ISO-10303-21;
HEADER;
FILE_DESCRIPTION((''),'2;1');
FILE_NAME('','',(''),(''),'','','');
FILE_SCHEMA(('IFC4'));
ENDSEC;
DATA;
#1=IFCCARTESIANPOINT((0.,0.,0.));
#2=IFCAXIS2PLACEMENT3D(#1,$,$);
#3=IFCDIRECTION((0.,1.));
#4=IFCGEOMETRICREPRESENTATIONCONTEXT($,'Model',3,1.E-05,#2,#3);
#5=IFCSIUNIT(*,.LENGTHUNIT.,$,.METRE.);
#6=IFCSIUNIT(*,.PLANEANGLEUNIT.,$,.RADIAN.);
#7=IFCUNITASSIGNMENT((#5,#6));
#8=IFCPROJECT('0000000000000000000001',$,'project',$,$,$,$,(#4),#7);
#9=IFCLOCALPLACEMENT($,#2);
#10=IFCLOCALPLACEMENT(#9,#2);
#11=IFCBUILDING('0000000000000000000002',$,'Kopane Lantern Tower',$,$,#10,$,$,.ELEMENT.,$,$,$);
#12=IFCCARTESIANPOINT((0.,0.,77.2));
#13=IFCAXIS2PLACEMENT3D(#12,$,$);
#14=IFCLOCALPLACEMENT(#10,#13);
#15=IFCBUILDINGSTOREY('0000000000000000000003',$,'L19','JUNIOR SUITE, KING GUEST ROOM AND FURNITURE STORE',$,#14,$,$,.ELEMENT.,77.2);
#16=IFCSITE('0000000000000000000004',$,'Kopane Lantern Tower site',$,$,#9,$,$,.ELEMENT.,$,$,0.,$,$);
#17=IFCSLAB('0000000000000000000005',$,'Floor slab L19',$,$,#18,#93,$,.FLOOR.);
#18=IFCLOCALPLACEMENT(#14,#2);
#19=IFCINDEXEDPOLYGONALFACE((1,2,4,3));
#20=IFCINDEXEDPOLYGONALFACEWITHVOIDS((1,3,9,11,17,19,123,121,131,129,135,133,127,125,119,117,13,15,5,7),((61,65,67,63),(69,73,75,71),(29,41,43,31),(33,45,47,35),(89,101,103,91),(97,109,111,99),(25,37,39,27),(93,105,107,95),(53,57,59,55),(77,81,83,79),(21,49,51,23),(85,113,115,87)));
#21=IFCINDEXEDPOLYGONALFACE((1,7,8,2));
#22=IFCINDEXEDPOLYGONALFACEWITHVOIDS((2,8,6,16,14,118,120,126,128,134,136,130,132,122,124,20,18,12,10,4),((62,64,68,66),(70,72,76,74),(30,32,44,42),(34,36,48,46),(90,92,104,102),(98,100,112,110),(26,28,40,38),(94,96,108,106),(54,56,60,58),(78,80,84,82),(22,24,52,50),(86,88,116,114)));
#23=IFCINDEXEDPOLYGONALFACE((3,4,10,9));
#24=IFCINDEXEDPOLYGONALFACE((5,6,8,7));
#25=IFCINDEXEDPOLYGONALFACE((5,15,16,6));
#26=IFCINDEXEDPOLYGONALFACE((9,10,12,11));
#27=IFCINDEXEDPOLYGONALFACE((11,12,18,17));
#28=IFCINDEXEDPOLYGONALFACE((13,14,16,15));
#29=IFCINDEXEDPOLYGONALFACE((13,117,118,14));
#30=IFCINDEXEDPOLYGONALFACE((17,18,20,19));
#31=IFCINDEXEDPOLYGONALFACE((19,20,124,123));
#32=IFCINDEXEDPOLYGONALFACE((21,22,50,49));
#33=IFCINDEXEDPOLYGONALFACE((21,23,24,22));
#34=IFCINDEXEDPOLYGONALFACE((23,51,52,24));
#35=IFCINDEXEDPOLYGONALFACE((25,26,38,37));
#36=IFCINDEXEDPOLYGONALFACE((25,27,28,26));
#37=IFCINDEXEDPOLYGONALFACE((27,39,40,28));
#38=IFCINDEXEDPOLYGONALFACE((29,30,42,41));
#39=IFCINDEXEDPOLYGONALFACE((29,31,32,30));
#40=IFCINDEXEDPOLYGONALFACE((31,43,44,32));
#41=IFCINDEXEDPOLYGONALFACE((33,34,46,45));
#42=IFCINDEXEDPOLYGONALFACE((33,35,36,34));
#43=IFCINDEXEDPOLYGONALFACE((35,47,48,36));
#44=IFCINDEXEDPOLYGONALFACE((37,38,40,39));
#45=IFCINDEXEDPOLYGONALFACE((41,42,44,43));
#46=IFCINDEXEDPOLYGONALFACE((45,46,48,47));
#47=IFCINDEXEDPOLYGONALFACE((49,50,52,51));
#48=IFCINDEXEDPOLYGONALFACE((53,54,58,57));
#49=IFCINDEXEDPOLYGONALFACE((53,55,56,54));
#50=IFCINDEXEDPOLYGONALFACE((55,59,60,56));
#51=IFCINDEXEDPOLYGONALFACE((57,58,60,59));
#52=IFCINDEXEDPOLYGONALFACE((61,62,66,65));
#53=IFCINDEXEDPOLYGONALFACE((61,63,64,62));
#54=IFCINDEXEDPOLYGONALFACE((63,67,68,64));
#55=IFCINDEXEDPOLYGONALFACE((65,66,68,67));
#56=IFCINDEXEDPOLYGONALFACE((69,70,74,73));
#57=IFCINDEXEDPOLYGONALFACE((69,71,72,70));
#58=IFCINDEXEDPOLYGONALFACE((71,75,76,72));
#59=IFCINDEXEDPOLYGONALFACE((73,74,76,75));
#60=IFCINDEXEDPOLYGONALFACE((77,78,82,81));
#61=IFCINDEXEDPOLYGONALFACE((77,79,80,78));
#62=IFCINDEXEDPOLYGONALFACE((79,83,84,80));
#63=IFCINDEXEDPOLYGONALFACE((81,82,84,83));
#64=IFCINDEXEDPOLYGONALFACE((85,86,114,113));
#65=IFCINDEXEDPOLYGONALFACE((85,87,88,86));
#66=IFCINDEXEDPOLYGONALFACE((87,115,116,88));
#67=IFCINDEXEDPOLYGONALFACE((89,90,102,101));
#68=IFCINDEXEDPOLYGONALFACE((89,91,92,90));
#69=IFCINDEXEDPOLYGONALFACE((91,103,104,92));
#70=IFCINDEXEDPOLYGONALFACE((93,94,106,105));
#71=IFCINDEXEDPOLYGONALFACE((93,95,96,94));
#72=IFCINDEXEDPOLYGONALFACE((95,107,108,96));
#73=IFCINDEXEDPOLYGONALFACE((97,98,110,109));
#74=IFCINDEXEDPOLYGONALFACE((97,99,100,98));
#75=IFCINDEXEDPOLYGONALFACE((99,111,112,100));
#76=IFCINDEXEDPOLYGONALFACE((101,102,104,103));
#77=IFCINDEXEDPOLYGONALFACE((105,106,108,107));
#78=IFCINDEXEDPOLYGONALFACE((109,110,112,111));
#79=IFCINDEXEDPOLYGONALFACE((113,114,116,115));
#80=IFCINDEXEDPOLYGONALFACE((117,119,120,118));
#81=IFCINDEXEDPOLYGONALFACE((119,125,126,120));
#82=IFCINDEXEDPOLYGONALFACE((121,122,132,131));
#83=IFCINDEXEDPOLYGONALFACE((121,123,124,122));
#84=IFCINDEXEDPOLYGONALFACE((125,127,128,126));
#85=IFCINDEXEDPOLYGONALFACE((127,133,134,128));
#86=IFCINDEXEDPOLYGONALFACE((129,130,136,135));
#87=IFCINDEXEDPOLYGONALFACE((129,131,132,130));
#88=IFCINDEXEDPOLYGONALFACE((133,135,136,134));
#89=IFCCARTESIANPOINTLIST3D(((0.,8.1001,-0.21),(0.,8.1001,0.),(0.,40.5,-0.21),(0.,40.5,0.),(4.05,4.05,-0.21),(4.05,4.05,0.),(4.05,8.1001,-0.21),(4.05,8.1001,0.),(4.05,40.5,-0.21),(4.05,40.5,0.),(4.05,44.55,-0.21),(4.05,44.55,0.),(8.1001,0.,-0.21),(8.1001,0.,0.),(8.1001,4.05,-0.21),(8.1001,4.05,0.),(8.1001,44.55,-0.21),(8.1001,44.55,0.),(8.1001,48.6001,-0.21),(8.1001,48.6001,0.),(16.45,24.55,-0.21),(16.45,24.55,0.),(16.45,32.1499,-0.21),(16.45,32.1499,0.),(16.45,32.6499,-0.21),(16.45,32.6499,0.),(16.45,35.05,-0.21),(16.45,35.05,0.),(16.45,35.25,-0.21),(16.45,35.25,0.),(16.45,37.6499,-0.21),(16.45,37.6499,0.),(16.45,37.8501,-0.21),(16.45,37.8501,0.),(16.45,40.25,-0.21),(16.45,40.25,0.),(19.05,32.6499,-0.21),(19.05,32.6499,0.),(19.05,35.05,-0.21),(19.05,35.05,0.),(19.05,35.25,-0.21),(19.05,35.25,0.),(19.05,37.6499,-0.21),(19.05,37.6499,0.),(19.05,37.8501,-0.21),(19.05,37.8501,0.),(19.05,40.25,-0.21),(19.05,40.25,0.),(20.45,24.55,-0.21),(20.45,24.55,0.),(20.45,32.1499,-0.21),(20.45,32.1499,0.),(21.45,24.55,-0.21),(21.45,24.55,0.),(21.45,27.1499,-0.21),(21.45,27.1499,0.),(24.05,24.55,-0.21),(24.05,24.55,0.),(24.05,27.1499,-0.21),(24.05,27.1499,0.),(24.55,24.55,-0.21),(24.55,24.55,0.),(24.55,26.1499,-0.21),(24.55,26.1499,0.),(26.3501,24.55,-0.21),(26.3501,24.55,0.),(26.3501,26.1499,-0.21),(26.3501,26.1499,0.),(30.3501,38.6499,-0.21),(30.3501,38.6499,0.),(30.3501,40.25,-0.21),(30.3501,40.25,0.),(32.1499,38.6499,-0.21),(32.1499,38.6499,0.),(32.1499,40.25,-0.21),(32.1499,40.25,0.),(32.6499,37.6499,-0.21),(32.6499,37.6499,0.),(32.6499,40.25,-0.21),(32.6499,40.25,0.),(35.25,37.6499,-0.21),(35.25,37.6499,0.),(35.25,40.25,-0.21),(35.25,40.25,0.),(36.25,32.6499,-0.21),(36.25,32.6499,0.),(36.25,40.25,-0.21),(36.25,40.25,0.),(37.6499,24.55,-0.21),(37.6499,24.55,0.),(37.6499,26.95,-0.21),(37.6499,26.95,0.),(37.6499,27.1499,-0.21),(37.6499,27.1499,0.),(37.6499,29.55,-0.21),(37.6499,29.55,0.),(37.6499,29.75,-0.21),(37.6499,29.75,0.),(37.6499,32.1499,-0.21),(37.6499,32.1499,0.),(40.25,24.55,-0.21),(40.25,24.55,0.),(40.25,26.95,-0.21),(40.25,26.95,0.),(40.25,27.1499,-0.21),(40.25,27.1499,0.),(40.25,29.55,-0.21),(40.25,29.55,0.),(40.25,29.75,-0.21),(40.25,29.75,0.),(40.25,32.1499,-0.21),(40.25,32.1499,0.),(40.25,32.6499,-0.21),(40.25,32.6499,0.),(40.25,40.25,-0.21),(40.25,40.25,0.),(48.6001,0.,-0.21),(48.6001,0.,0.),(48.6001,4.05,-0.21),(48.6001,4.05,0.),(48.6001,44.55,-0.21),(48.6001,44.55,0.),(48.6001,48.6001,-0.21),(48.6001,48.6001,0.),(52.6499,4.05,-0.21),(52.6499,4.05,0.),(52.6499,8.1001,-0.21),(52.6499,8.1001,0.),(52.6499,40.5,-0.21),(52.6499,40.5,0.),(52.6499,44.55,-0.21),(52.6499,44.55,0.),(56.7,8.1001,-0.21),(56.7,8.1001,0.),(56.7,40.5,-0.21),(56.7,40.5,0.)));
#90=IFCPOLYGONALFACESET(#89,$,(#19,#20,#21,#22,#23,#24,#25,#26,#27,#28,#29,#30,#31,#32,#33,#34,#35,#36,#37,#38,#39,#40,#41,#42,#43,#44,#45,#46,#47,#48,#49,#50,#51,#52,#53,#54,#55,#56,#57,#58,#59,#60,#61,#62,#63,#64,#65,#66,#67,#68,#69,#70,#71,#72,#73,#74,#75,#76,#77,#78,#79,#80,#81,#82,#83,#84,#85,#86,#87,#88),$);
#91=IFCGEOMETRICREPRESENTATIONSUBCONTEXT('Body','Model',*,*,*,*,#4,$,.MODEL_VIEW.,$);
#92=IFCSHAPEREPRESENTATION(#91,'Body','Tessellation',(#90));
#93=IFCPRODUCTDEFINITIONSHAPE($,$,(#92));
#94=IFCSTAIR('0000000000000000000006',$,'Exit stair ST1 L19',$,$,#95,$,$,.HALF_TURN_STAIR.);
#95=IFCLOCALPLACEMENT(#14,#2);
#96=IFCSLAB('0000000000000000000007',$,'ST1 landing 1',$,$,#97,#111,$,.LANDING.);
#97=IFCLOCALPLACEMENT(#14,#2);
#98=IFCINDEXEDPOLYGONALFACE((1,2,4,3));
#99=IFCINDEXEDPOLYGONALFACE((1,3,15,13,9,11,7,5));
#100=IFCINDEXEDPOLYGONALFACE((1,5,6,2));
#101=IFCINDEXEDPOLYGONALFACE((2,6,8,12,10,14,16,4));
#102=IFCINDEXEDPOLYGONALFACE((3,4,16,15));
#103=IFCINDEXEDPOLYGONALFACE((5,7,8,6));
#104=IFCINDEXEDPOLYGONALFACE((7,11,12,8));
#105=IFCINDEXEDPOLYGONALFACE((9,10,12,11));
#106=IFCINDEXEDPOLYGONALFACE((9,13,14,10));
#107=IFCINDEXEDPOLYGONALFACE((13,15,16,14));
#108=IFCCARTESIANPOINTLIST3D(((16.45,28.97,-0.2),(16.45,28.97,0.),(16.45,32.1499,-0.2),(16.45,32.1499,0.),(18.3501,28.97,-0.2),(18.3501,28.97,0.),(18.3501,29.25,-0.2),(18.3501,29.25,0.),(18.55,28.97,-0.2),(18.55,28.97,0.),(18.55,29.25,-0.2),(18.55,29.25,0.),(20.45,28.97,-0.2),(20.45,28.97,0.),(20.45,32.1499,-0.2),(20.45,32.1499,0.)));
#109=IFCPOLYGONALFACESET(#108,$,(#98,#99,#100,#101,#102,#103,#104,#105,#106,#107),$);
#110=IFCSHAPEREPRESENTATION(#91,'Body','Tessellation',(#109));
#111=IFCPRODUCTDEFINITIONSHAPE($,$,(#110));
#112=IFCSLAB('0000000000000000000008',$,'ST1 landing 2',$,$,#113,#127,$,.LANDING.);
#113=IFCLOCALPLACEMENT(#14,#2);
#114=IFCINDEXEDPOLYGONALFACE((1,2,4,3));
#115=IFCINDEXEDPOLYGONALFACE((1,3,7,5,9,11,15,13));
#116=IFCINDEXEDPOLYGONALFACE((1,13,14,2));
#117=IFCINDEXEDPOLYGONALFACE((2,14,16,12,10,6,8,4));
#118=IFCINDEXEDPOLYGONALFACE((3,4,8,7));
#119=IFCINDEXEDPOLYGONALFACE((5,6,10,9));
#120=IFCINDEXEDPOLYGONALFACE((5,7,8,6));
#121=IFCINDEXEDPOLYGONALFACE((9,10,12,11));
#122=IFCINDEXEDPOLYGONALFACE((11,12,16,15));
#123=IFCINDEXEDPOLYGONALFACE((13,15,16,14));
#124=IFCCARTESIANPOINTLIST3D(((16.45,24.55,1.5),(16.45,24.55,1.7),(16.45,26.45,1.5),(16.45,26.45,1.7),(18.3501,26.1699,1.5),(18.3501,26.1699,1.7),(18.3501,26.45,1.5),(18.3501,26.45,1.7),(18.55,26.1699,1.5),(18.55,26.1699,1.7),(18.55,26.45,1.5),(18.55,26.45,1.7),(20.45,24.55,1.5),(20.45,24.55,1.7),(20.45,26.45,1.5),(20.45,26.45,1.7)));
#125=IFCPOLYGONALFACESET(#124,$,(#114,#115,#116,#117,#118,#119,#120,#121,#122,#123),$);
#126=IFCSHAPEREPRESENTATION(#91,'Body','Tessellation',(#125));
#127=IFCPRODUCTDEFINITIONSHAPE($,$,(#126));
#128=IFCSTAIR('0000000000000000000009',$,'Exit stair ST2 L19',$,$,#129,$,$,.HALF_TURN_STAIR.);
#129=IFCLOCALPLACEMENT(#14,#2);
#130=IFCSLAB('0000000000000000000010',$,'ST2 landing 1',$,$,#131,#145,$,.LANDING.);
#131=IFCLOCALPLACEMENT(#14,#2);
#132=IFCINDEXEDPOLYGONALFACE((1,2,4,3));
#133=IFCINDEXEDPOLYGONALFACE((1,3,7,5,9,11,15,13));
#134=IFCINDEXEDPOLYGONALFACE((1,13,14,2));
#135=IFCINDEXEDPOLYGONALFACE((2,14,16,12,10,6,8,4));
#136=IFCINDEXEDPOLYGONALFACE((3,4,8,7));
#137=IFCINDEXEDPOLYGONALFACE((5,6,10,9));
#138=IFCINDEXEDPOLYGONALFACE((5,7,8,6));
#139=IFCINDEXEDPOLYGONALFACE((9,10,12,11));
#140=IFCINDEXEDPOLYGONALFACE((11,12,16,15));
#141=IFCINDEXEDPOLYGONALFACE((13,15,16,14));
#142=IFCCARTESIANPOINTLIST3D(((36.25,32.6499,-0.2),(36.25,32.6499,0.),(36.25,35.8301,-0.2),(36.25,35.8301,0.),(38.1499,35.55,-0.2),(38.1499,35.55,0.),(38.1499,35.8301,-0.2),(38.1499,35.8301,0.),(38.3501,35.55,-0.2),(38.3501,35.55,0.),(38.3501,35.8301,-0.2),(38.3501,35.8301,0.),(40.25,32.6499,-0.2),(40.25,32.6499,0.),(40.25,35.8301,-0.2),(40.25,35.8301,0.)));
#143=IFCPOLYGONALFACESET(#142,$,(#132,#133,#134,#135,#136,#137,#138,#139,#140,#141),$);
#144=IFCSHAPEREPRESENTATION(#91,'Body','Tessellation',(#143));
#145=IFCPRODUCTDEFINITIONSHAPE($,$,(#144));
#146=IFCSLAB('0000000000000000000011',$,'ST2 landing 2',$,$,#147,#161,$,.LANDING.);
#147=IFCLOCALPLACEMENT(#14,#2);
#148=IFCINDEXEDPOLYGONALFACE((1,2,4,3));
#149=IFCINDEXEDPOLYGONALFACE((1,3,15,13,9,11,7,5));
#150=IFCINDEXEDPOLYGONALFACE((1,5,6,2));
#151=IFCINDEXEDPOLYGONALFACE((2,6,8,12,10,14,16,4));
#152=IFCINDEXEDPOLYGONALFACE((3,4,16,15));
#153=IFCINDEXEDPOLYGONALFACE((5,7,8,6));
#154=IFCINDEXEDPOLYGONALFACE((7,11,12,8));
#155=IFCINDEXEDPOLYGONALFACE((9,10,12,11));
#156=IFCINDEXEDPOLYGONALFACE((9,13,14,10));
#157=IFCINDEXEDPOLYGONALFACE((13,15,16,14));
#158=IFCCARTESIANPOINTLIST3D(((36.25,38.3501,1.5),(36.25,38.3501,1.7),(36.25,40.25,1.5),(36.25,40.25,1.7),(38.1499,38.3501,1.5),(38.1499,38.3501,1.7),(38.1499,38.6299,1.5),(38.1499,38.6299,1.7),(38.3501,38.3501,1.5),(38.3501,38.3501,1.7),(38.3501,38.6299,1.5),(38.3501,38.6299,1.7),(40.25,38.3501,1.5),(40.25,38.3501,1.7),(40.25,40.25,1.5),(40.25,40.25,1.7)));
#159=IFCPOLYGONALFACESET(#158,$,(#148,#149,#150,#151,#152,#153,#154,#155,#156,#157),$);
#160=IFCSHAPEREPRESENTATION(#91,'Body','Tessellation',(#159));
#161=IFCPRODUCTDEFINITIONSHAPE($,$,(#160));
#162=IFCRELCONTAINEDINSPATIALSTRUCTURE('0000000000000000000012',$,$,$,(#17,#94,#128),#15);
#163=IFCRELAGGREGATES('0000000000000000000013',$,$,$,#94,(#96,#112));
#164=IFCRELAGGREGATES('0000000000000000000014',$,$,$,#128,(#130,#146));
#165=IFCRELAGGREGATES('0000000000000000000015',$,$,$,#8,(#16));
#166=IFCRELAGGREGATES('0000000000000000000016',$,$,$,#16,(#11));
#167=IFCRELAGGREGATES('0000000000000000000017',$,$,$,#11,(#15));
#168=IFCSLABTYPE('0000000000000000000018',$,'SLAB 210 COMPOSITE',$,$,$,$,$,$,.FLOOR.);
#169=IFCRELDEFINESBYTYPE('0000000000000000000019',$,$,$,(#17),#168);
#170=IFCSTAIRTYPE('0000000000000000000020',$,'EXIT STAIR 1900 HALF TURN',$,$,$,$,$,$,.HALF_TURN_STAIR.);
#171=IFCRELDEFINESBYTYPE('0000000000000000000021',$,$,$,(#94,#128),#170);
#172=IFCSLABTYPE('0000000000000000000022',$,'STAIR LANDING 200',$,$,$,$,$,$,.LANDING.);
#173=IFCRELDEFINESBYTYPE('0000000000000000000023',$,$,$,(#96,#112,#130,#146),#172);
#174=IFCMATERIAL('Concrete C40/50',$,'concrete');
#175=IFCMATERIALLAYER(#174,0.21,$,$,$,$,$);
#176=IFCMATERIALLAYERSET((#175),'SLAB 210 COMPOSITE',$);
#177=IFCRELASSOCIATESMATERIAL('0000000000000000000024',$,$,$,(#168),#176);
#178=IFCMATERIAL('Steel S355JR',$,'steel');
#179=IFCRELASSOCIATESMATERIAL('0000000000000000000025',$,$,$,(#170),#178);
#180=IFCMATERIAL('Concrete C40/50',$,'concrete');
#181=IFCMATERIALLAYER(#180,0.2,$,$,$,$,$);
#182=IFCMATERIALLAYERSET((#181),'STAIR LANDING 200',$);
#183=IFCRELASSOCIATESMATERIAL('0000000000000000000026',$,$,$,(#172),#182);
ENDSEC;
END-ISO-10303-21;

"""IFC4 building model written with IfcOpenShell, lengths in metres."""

from ifc_helpers import new_model, si_unit, direction, frame, origin, place, context, subcontext, project, spatial, polyline, outline, extrude, material, layer, layer_set, type_object, element, aggregate, save


model = new_model("IFC4")

# Units and contexts
model_context = context("Model", 3, precision=1e-05, world=origin(), true_north=direction((0.0, 1.0)))
body_context = subcontext(model_context, "Body", "Model", "MODEL_VIEW")
ifc_project = project(units=[si_unit("LENGTHUNIT", "METRE"), si_unit("PLANEANGLEUNIT", "RADIAN")], contexts=[model_context])

# Site, building, storey
site_placement = place(None, origin())
site = spatial("IfcSite", under=ifc_project, at=site_placement, Name="Kopane Lantern Tower site", CompositionType="ELEMENT", RefElevation=0.0)
building_placement = place(site_placement, origin())
building = spatial("IfcBuilding", under=site, at=building_placement, Name="Kopane Lantern Tower", CompositionType="ELEMENT")
storey_placement = place(building_placement, frame((0.0, 0.0, 77.2)))
storey = spatial("IfcBuildingStorey", under=building, at=storey_placement, Name="L19", Description="JUNIOR SUITE, KING GUEST ROOM AND FURNITURE STORE", CompositionType="ELEMENT", Elevation=77.2)

# Slab
ifc_material_1 = material(Name="Concrete C40/50", Category="concrete")
ifc_layer_1 = layer(ifc_material_1, 0.21)
ifc_layer_set_1 = layer_set([ifc_layer_1], Name="SLAB 210 COMPOSITE")
slab_type_1 = type_object("IfcSlabType", Name="SLAB 210 COMPOSITE", PredefinedType="FLOOR", material=ifc_layer_set_1)
slab_1_placement = place(storey_placement, frame((0.0, 0.0, -0.21)))
element("IfcSlab", 1, at=slab_1_placement, inside=storey, type_object=slab_type_1, Name="Floor slab L19", PredefinedType="FLOOR", context=body_context, shape_type="SweptSolid", body=[
    extrude(outline(polyline([(8.1001, 0.0), (48.6001, 0.0), (48.6001, 4.05), (52.6499, 4.05), (52.6499, 8.1001), (56.7, 8.1001), (56.7, 40.5), (52.6499, 40.5), (52.6499, 44.55), (48.6001, 44.55), (48.6001, 48.6001), (8.1001, 48.6001), (8.1001, 44.55), (4.05, 44.55), (4.05, 40.5), (0.0, 40.5), (0.0, 8.1001), (4.05, 8.1001), (4.05, 4.05), (8.1001, 4.05), (8.1001, 0.0)]), holes=[polyline([(16.45, 24.55), (20.45, 24.55), (20.45, 32.1499), (16.45, 32.1499), (16.45, 24.55)]), polyline([(36.25, 32.6499), (40.25, 32.6499), (40.25, 40.25), (36.25, 40.25), (36.25, 32.6499)]), polyline([(16.45, 32.6499), (19.05, 32.6499), (19.05, 35.05), (16.45, 35.05), (16.45, 32.6499)]), polyline([(16.45, 35.25), (19.05, 35.25), (19.05, 37.6499), (16.45, 37.6499), (16.45, 35.25)]), polyline([(16.45, 37.8501), (19.05, 37.8501), (19.05, 40.25), (16.45, 40.25), (16.45, 37.8501)]), polyline([(37.6499, 24.55), (40.25, 24.55), (40.25, 26.95), (37.6499, 26.95), (37.6499, 24.55)]), polyline([(37.6499, 27.1499), (40.25, 27.1499), (40.25, 29.55), (37.6499, 29.55), (37.6499, 27.1499)]), polyline([(37.6499, 29.75), (40.25, 29.75), (40.25, 32.1499), (37.6499, 32.1499), (37.6499, 29.75)]), polyline([(21.45, 24.55), (24.05, 24.55), (24.05, 27.1499), (21.45, 27.1499), (21.45, 24.55)]), polyline([(32.6499, 37.6499), (35.25, 37.6499), (35.25, 40.25), (32.6499, 40.25), (32.6499, 37.6499)]), polyline([(24.55, 24.55), (26.3501, 24.55), (26.3501, 26.1499), (24.55, 26.1499), (24.55, 24.55)]), polyline([(30.3501, 38.6499), (32.1499, 38.6499), (32.1499, 40.25), (30.3501, 40.25), (30.3501, 38.6499)])]), origin(), (0.0, 0.0, 1.0), 0.21),
])

# Stairs, slabs
ifc_material_2 = material(Name="Steel S355JR", Category="steel")
stair_type = type_object("IfcStairType", Name="EXIT STAIR 1900 HALF TURN", PredefinedType="HALF_TURN_STAIR", material=ifc_material_2)
stair_1_placement = place(storey_placement, origin())
stair_1 = element("IfcStair", 2, at=stair_1_placement, inside=storey, type_object=stair_type, Name="Exit stair ST1 L19", PredefinedType="HALF_TURN_STAIR")
ifc_material_3 = material(Name="Concrete C40/50", Category="concrete")
ifc_layer_2 = layer(ifc_material_3, 0.2)
ifc_layer_set_2 = layer_set([ifc_layer_2], Name="STAIR LANDING 200")
slab_type_2 = type_object("IfcSlabType", Name="STAIR LANDING 200", PredefinedType="LANDING", material=ifc_layer_set_2)
slab_2_placement = place(storey_placement, frame((0.0, 0.0, -0.2)))
slab_2 = element("IfcSlab", 3, at=slab_2_placement, type_object=slab_type_2, Name="ST1 landing 1", PredefinedType="LANDING", context=body_context, shape_type="SweptSolid", body=[
    extrude(outline(polyline([(18.3501, 29.25), (18.55, 29.25), (18.55, 28.97), (20.45, 28.97), (20.45, 32.1499), (16.45, 32.1499), (16.45, 28.97), (18.3501, 28.97), (18.3501, 29.25)])), origin(), (0.0, 0.0, 1.0), 0.2),
])
slab_3_placement = place(storey_placement, frame((0.0, 0.0, 1.5)))
slab_3 = element("IfcSlab", 4, at=slab_3_placement, type_object=slab_type_2, Name="ST1 landing 2", PredefinedType="LANDING", context=body_context, shape_type="SweptSolid", body=[
    extrude(outline(polyline([(20.45, 26.45), (18.55, 26.45), (18.55, 26.1699), (18.3501, 26.1699), (18.3501, 26.45), (16.45, 26.45), (16.45, 24.55), (20.45, 24.55), (20.45, 26.45)])), origin(), (0.0, 0.0, 1.0), 0.2),
])
aggregate(stair_1, [slab_2, slab_3])
stair_2_placement = place(storey_placement, origin())
stair_2 = element("IfcStair", 5, at=stair_2_placement, inside=storey, type_object=stair_type, Name="Exit stair ST2 L19", PredefinedType="HALF_TURN_STAIR")
slab_4_placement = place(storey_placement, frame((0.0, 0.0, -0.2)))
slab_4 = element("IfcSlab", 6, at=slab_4_placement, type_object=slab_type_2, Name="ST2 landing 1", PredefinedType="LANDING", context=body_context, shape_type="SweptSolid", body=[
    extrude(outline(polyline([(40.25, 35.8301), (38.3501, 35.8301), (38.3501, 35.55), (38.1499, 35.55), (38.1499, 35.8301), (36.25, 35.8301), (36.25, 32.6499), (40.25, 32.6499), (40.25, 35.8301)])), origin(), (0.0, 0.0, 1.0), 0.2),
])
slab_5_placement = place(storey_placement, frame((0.0, 0.0, 1.5)))
slab_5 = element("IfcSlab", 7, at=slab_5_placement, type_object=slab_type_2, Name="ST2 landing 2", PredefinedType="LANDING", context=body_context, shape_type="SweptSolid", body=[
    extrude(outline(polyline([(38.1499, 38.6299), (38.3501, 38.6299), (38.3501, 38.3501), (40.25, 38.3501), (40.25, 40.25), (36.25, 40.25), (36.25, 38.3501), (38.1499, 38.3501), (38.1499, 38.6299)])), origin(), (0.0, 0.0, 1.0), 0.2),
])
aggregate(stair_2, [slab_4, slab_5])

save(model, "model.ifc")
